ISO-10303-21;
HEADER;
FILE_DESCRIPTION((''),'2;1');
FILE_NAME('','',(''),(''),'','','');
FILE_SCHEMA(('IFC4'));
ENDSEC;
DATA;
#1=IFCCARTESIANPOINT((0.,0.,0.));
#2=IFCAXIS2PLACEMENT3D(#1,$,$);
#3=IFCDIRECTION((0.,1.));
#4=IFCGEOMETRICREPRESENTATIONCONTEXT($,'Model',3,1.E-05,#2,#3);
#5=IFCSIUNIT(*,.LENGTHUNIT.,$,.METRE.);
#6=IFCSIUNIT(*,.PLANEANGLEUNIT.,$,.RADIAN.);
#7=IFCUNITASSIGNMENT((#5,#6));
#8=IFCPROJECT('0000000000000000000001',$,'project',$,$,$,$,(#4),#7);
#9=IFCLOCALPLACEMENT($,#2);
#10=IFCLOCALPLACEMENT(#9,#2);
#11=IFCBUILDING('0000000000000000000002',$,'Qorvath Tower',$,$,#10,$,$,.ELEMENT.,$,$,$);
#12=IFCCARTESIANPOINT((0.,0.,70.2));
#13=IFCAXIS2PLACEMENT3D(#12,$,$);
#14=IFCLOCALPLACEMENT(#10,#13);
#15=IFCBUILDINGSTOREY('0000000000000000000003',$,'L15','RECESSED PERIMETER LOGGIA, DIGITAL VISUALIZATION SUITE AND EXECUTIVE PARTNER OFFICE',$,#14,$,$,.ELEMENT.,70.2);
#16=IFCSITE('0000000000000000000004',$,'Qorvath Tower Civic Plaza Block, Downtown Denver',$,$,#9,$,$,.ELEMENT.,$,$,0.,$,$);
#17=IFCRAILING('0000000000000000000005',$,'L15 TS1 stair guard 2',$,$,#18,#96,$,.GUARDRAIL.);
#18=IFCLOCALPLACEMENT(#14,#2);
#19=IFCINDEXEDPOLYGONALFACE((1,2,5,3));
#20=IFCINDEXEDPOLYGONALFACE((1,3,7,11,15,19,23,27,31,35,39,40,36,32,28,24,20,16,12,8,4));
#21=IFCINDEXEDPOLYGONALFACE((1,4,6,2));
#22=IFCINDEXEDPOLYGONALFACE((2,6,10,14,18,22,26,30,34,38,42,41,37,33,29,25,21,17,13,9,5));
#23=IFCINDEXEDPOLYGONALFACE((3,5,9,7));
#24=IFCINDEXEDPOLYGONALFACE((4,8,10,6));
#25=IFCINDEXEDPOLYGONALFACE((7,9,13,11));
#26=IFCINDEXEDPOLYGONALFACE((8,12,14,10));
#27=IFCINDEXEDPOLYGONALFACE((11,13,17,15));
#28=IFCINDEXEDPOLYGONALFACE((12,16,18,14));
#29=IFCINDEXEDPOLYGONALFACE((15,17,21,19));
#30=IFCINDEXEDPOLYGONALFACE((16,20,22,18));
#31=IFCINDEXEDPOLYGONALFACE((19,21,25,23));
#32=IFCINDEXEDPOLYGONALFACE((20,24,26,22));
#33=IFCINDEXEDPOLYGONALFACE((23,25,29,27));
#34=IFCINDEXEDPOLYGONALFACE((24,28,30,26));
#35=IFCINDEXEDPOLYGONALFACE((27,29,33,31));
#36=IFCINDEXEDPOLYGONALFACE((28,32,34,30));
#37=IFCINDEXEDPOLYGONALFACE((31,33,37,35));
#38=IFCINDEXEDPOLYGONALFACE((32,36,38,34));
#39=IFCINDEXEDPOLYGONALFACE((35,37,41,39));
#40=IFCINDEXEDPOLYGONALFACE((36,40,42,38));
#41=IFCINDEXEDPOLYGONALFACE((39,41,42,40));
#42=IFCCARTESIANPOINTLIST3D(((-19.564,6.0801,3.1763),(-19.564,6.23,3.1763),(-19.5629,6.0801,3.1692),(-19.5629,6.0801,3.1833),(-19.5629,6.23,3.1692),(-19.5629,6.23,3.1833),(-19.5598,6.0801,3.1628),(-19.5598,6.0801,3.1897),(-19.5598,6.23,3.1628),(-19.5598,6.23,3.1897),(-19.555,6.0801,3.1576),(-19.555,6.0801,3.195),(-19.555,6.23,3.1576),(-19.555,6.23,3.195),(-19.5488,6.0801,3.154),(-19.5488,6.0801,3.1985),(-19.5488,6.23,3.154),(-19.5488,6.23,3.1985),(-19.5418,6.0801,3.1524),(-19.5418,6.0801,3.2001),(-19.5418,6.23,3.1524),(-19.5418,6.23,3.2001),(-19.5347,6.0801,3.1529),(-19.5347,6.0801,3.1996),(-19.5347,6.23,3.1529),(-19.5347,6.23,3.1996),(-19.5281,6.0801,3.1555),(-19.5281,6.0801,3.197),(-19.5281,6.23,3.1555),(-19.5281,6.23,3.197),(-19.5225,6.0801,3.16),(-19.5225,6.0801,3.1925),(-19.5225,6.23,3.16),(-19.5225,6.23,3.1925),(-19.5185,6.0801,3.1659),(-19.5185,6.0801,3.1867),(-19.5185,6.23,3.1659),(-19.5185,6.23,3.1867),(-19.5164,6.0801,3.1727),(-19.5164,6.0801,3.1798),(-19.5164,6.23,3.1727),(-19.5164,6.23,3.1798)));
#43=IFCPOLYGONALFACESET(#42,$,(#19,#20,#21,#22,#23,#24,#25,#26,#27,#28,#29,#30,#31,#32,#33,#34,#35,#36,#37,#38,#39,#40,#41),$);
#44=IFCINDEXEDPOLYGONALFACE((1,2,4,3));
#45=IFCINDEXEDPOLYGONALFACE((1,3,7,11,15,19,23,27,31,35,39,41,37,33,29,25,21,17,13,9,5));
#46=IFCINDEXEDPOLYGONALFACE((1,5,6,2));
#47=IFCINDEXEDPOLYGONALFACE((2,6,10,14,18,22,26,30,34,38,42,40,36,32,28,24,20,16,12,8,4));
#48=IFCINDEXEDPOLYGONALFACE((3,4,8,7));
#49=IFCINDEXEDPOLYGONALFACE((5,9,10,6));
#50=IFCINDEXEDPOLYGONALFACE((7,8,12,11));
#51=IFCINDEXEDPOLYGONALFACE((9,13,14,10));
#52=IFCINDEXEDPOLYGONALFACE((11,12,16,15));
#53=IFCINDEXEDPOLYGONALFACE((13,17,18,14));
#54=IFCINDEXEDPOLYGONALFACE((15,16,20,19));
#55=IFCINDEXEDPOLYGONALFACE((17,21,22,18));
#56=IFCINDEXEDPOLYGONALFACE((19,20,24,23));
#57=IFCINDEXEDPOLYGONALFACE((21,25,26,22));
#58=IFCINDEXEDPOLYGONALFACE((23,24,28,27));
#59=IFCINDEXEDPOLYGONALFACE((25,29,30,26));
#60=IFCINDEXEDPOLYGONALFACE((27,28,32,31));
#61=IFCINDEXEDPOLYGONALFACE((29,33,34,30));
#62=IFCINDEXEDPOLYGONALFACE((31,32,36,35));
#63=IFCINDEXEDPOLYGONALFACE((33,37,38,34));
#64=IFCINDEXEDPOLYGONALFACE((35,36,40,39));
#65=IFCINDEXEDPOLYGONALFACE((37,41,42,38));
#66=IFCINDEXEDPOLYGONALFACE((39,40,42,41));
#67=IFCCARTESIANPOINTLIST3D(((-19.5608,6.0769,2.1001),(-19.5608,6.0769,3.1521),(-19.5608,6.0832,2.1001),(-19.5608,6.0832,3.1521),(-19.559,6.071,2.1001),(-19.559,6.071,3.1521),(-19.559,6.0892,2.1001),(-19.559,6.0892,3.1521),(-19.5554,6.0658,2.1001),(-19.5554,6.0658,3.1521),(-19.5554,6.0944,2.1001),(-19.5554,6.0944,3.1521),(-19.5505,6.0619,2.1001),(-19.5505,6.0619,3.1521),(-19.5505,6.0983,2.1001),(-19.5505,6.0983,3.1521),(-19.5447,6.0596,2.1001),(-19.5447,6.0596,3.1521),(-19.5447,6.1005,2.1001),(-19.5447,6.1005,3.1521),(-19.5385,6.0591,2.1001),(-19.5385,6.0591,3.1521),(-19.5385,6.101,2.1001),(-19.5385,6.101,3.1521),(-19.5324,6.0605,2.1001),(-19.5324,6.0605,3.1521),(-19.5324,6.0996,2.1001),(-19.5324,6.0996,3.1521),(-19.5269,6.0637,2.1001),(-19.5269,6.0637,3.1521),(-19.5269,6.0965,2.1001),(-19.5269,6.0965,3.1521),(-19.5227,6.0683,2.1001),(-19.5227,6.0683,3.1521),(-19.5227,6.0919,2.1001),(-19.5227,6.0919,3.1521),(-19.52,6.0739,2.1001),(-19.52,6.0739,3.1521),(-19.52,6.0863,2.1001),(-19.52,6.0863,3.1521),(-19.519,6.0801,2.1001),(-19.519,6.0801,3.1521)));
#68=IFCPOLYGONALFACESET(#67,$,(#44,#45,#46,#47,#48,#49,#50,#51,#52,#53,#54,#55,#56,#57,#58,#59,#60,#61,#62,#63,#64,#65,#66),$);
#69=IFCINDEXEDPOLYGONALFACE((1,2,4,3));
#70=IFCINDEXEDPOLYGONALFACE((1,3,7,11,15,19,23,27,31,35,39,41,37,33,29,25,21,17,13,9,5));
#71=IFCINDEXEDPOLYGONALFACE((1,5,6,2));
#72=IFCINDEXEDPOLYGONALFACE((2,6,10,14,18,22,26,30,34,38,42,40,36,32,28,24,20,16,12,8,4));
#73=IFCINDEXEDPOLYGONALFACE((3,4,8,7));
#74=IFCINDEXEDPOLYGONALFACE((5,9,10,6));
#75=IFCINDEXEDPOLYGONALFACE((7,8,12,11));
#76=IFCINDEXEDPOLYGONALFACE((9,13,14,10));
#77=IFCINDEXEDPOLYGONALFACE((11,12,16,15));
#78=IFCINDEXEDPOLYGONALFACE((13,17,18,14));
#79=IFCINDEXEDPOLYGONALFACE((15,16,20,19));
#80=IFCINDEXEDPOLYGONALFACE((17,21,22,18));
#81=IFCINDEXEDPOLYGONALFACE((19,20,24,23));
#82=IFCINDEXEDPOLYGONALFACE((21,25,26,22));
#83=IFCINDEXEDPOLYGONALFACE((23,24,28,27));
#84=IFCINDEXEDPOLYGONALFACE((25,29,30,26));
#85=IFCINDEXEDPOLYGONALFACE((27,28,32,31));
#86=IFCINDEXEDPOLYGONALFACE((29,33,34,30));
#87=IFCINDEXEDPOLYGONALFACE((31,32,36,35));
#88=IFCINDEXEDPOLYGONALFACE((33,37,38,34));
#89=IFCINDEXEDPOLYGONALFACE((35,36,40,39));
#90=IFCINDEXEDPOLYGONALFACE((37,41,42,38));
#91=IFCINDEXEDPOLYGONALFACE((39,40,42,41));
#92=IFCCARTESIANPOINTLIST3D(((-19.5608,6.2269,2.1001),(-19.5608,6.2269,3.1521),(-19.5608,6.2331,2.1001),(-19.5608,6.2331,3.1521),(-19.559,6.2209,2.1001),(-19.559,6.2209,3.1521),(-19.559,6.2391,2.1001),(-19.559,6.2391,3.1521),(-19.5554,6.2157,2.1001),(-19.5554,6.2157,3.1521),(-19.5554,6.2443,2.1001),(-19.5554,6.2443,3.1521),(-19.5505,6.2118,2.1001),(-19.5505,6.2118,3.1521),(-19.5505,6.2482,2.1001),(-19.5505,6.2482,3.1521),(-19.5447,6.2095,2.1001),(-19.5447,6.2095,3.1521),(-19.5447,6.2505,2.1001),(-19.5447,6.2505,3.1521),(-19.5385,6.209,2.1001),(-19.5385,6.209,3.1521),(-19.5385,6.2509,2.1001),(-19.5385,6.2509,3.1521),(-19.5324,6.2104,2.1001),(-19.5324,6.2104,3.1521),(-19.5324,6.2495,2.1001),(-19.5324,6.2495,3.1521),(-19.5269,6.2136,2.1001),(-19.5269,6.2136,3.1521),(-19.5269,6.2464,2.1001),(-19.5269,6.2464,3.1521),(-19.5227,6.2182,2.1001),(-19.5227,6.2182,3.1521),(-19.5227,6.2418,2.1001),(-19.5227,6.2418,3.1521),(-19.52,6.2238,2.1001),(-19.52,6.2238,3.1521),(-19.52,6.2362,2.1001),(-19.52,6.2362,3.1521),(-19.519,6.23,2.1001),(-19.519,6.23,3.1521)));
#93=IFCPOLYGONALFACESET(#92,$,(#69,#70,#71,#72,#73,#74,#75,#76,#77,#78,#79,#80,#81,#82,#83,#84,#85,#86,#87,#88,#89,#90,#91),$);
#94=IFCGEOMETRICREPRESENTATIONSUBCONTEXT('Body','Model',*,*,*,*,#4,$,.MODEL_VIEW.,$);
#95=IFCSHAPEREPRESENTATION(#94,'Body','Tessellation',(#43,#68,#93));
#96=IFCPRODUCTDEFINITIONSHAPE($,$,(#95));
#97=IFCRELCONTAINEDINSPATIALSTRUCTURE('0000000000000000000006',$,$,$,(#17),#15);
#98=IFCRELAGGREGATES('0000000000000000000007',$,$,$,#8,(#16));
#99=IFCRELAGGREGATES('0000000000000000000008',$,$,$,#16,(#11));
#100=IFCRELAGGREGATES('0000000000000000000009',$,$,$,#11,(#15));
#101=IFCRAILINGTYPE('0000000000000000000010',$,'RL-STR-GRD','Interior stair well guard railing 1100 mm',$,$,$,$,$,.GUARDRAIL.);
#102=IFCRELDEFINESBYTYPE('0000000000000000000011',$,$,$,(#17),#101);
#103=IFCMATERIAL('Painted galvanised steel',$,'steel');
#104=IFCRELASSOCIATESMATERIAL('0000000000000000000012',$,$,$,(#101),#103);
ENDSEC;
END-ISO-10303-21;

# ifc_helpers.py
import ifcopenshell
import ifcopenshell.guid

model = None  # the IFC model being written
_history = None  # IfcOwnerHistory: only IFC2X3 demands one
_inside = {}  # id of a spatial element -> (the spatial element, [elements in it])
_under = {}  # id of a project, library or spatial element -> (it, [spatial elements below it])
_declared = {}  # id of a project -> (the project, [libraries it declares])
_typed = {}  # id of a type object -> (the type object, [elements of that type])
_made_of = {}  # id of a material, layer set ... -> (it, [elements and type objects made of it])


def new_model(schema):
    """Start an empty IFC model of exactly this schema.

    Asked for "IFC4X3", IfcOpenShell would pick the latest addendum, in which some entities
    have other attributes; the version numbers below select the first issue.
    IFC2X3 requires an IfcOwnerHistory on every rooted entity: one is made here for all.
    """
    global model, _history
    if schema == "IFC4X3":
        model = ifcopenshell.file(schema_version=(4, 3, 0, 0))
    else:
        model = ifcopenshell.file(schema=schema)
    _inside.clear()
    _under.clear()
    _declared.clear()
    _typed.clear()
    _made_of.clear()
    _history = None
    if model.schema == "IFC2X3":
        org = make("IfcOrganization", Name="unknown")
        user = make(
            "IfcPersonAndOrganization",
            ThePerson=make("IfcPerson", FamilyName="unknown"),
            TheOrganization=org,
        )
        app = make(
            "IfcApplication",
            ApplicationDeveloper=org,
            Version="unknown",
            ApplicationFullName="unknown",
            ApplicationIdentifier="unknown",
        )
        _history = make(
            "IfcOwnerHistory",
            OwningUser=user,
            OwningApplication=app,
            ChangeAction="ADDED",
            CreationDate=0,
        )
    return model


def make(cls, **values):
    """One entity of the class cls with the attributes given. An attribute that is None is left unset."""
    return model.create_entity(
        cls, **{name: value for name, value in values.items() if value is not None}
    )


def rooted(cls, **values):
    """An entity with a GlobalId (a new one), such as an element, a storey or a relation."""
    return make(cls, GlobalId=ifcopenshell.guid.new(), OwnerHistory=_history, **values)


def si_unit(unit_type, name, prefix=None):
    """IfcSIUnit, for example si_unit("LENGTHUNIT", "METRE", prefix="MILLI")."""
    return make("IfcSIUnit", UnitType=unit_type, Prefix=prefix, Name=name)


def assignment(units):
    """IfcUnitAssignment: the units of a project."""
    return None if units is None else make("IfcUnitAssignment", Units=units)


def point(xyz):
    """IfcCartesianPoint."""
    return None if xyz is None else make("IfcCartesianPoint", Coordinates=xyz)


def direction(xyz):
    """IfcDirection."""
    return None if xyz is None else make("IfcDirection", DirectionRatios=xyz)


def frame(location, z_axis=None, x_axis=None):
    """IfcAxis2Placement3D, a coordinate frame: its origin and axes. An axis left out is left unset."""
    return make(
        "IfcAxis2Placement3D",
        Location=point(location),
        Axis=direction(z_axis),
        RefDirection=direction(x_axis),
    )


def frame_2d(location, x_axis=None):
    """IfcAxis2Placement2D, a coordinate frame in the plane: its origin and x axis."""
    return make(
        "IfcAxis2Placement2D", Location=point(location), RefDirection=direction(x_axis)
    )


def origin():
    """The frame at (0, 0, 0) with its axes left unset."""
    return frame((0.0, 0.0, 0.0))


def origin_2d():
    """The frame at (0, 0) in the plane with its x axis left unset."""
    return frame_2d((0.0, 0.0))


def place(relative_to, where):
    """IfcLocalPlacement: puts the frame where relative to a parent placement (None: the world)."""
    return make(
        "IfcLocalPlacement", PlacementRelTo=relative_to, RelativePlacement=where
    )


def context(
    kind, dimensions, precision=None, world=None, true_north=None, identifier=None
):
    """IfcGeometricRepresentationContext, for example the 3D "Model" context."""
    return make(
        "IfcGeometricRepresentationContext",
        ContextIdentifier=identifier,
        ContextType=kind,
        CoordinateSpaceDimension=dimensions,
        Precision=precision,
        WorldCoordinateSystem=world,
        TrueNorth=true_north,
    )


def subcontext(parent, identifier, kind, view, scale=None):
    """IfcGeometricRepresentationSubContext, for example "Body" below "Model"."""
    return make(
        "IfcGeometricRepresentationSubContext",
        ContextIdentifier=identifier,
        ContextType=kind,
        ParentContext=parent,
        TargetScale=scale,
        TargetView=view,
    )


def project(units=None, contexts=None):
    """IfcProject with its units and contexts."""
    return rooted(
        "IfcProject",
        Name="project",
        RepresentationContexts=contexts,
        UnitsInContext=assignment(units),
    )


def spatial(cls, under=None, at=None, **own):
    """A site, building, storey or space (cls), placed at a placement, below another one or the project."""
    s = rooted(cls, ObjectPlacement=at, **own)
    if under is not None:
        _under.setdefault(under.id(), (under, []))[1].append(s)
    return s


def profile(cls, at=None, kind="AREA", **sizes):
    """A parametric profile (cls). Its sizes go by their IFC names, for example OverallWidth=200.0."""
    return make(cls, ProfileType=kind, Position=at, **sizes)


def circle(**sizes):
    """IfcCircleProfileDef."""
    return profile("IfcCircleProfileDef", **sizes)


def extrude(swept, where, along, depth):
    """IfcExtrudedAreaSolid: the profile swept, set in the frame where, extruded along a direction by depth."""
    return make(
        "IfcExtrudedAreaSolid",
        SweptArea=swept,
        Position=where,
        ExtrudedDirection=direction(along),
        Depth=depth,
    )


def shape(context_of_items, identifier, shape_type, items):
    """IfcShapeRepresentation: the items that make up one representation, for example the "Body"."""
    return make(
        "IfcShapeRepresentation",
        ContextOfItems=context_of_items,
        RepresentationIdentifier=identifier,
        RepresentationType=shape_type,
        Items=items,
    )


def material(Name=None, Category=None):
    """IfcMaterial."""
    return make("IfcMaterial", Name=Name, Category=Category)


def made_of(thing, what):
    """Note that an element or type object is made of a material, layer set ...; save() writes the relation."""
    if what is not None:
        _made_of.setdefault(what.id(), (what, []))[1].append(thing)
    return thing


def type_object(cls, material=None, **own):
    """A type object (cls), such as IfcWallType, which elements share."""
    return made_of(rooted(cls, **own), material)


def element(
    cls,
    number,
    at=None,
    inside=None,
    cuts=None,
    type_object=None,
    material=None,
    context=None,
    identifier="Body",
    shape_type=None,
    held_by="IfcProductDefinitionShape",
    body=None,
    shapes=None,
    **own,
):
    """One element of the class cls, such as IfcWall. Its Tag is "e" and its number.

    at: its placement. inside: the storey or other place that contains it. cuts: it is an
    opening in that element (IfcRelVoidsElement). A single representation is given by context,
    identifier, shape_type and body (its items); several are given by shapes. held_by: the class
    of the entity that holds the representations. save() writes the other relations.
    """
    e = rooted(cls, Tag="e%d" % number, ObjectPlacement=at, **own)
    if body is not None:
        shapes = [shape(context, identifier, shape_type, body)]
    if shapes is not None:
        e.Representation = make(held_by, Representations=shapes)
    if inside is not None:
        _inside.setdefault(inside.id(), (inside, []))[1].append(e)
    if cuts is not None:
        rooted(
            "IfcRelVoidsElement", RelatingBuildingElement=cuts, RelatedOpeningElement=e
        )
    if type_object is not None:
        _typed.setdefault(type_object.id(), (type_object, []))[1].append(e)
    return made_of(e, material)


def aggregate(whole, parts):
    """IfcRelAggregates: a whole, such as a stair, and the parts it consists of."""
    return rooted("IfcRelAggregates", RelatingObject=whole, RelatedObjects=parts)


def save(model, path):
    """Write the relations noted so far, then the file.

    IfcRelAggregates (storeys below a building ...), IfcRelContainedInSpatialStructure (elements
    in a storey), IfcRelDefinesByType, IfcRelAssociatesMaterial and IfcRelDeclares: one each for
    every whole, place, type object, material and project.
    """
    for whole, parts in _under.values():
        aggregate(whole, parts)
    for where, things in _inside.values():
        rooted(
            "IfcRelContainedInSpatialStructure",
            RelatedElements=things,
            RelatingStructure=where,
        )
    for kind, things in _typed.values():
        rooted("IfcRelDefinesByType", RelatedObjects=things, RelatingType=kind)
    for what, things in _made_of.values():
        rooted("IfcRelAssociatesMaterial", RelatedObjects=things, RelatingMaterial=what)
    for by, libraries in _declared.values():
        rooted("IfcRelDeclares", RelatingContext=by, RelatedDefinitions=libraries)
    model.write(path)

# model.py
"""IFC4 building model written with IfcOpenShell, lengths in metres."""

from ifc_helpers import new_model, si_unit, direction, frame, origin, origin_2d, place, context, subcontext, project, spatial, circle, extrude, material, type_object, element, save


model = new_model("IFC4")

# Units and contexts
model_context = context("Model", 3, precision=1e-05, world=origin(), true_north=direction((0.0, 1.0)))
body_context = subcontext(model_context, "Body", "Model", "MODEL_VIEW")
ifc_project = project(units=[si_unit("LENGTHUNIT", "METRE"), si_unit("PLANEANGLEUNIT", "RADIAN")], contexts=[model_context])

# Site, building, storey
site_placement = place(None, origin())
site = spatial("IfcSite", under=ifc_project, at=site_placement, Name="Qorvath Tower Civic Plaza Block, Downtown Denver", CompositionType="ELEMENT", RefElevation=0.0)
building_placement = place(site_placement, origin())
building = spatial("IfcBuilding", under=site, at=building_placement, Name="Qorvath Tower", CompositionType="ELEMENT")
storey_placement = place(building_placement, frame((0.0, 0.0, 70.2)))
storey = spatial("IfcBuildingStorey", under=building, at=storey_placement, Name="L15", Description="RECESSED PERIMETER LOGGIA, DIGITAL VISUALIZATION SUITE AND EXECUTIVE PARTNER OFFICE", CompositionType="ELEMENT", Elevation=70.2)

# Railing
ifc_material_1 = material(Name="Painted galvanised steel", Category="steel")
railing_type_1 = type_object("IfcRailingType", Name="RL-STR-GRD", Description="Interior stair well guard railing 1100 mm", PredefinedType="GUARDRAIL", material=ifc_material_1)
railing_1_placement = place(storey_placement, frame((-19.54, 6.0801, 2.1001)))
element("IfcRailing", 1, at=railing_1_placement, inside=storey, type_object=railing_type_1, Name="L15 TS1 stair guard 2", PredefinedType="GUARDRAIL", context=body_context, shape_type="SweptSolid", body=[
    extrude(circle(Radius=0.0239, at=origin_2d()), frame((0.0, 0.0, 1.0762), z_axis=(0.0, 1.0, 0.0), x_axis=(-1.0, 0.0, 0.0)), (0.0, 0.0, 1.0), 0.1499),
    extrude(circle(Radius=0.021, at=origin_2d()), origin(), (0.0, 0.0, 1.0), 1.052),
    extrude(circle(Radius=0.021, at=origin_2d()), frame((0.0, 0.1499, 0.0)), (0.0, 0.0, 1.0), 1.052),
])

save(model, "model.ifc")
